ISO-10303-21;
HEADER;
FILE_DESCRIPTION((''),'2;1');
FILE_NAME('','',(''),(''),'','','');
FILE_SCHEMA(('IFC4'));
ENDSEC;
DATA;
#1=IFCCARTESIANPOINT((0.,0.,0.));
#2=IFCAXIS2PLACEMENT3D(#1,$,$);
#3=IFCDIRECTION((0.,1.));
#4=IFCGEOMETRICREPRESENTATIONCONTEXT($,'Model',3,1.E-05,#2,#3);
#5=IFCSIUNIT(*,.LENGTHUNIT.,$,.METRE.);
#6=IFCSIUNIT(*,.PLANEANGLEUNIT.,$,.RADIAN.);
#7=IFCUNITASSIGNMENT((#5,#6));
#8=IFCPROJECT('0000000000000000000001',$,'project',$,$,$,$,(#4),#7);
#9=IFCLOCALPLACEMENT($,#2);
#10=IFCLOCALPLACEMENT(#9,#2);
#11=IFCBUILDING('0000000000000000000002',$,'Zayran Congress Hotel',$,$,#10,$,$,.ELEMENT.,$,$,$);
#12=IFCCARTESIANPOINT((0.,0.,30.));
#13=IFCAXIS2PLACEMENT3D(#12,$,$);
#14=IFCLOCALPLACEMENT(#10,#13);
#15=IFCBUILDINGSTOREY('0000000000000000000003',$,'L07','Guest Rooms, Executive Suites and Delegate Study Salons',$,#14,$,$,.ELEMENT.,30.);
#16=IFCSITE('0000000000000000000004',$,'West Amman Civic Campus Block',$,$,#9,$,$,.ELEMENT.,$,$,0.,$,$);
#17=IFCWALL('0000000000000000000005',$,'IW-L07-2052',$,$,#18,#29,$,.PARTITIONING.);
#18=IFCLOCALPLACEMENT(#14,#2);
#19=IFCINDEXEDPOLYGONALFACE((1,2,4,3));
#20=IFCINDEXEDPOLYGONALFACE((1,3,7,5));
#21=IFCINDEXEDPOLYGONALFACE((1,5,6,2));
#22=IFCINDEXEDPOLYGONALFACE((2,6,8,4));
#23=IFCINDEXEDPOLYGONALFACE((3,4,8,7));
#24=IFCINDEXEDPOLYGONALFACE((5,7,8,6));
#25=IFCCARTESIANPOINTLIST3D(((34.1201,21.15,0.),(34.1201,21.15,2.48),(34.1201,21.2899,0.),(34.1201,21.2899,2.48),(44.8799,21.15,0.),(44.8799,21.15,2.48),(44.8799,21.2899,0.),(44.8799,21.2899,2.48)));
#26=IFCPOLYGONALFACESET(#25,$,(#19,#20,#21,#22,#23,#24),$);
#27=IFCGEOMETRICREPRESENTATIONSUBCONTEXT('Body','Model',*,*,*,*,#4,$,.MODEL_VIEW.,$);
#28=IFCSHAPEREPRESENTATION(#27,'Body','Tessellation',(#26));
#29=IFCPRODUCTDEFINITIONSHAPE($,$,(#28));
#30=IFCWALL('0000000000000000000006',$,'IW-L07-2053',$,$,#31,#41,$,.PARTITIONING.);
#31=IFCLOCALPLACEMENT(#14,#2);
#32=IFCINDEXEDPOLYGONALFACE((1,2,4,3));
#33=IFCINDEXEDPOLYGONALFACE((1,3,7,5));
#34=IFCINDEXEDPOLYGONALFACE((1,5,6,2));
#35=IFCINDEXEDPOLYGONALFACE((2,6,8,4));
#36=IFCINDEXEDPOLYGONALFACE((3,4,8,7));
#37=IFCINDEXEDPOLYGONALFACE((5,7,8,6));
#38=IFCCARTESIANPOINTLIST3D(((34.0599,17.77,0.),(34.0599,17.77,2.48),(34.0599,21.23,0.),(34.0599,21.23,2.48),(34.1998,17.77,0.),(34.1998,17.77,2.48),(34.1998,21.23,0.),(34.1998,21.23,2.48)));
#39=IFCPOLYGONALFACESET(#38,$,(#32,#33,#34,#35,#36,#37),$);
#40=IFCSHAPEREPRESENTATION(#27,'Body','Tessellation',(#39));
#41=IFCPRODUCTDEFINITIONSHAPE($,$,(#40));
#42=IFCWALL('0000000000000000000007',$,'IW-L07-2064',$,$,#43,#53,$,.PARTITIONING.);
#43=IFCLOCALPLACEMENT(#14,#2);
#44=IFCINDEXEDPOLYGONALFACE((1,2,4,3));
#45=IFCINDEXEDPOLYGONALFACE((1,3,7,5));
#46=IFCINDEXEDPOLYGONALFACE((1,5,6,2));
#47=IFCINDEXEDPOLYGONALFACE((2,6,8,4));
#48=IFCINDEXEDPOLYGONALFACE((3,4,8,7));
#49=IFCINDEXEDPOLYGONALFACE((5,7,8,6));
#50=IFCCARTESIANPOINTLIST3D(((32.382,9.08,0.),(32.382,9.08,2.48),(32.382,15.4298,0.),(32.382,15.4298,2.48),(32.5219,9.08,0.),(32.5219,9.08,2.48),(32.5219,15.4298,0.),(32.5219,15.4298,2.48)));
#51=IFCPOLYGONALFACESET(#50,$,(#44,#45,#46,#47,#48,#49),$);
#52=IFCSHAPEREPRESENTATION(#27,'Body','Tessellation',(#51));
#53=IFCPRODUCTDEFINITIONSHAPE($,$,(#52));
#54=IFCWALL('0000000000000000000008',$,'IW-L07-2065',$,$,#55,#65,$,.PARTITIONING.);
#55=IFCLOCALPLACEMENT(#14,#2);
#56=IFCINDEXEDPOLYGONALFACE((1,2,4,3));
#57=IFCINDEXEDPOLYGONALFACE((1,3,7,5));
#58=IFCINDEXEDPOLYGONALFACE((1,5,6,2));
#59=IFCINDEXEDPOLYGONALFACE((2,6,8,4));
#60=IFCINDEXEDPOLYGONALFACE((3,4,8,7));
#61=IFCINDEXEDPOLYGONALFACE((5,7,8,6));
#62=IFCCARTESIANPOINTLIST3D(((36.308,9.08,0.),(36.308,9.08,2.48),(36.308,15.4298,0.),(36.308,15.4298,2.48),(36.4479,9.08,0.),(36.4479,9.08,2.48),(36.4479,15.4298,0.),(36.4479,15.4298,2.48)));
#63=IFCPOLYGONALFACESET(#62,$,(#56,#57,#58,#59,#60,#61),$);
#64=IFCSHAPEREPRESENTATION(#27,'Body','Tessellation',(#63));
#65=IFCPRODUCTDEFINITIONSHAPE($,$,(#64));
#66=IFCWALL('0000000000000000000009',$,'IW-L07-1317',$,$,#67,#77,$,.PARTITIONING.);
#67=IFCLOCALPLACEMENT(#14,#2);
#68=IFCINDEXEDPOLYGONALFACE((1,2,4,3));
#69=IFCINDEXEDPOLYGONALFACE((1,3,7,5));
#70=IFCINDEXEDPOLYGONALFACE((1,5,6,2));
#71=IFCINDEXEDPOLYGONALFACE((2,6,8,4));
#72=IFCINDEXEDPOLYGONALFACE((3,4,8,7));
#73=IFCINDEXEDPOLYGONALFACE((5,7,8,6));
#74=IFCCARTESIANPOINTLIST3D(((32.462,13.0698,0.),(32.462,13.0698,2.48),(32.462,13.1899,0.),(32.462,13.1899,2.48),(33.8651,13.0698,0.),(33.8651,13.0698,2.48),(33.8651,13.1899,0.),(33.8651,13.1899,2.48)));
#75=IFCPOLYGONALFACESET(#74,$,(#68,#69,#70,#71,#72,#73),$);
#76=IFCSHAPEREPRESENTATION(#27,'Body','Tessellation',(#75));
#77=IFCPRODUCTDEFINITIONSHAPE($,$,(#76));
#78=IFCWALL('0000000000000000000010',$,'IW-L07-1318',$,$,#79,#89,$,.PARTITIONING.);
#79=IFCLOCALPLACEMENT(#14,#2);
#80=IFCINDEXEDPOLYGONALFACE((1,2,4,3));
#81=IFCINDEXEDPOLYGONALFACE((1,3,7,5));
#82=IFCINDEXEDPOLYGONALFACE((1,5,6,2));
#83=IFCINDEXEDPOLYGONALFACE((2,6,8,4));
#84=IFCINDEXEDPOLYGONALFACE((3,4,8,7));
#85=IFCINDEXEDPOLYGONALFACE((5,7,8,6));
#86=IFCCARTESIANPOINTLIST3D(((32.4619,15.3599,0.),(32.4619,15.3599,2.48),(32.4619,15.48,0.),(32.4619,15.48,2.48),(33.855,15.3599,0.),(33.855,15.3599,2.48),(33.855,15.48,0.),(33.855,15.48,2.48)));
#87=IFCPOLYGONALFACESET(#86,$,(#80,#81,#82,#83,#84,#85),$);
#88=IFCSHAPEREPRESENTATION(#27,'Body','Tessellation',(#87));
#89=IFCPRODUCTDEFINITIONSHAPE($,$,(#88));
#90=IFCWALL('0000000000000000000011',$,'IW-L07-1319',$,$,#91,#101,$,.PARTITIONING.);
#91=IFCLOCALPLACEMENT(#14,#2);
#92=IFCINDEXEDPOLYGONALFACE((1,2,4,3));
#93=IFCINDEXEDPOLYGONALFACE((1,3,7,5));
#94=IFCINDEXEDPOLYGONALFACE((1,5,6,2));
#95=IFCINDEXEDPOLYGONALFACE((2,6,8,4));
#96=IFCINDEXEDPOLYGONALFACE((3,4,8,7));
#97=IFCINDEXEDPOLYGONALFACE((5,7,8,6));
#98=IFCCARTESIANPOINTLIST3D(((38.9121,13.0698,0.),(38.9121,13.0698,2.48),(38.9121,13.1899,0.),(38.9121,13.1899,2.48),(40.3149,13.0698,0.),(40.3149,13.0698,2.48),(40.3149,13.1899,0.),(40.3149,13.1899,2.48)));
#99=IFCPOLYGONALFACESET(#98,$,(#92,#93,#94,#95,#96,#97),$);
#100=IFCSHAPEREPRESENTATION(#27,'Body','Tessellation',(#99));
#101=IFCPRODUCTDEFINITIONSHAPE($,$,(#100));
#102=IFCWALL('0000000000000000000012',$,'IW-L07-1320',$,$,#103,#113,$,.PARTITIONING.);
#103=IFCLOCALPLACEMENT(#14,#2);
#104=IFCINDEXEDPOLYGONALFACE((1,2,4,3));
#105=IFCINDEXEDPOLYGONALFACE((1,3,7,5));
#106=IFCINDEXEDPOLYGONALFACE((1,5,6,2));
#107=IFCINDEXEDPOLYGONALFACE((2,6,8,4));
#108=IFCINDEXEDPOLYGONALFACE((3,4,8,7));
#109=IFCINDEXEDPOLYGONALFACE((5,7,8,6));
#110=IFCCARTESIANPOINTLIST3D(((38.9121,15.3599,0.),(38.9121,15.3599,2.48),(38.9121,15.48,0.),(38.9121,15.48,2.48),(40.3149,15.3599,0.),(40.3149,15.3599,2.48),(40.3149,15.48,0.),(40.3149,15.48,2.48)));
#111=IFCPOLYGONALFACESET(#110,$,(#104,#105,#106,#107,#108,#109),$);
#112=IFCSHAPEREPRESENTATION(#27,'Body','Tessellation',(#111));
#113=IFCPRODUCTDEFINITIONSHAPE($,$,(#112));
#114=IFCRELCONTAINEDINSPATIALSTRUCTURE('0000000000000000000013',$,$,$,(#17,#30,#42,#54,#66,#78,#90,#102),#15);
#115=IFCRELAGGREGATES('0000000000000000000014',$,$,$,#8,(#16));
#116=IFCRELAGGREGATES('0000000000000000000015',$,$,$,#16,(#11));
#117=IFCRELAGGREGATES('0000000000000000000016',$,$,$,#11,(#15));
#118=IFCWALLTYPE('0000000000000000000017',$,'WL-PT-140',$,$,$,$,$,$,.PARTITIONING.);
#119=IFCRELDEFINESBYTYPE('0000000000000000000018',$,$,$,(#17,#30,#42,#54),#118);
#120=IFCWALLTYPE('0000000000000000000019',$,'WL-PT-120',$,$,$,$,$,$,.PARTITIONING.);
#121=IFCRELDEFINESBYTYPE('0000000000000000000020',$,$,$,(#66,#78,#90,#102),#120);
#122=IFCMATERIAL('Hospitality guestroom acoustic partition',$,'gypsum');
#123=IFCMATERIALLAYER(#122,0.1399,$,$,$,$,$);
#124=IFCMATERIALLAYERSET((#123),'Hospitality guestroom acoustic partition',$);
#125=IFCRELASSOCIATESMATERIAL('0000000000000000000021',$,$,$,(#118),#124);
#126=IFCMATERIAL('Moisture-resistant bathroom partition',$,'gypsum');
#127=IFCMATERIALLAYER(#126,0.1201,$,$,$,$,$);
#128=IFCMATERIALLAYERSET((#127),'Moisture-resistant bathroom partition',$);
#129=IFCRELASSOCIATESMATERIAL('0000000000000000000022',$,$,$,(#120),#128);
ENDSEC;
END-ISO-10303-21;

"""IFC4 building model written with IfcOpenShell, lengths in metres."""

from ifc_helpers import new_model, si_unit, direction, frame, frame_2d, origin, place, context, subcontext, project, spatial, rectangle, extrude, material, layer, layer_set, type_object, element, save


model = new_model("IFC4")

# Units and contexts
model_context = context("Model", 3, precision=1e-05, world=origin(), true_north=direction((0.0, 1.0)))
body_context = subcontext(model_context, "Body", "Model", "MODEL_VIEW")
ifc_project = project(units=[si_unit("LENGTHUNIT", "METRE"), si_unit("PLANEANGLEUNIT", "RADIAN")], contexts=[model_context])

# Site, building, storey
site_placement = place(None, origin())
site = spatial("IfcSite", under=ifc_project, at=site_placement, Name="West Amman Civic Campus Block", CompositionType="ELEMENT", RefElevation=0.0)
building_placement = place(site_placement, origin())
building = spatial("IfcBuilding", under=site, at=building_placement, Name="Zayran Congress Hotel", CompositionType="ELEMENT")
storey_placement = place(building_placement, frame((0.0, 0.0, 30.0)))
storey = spatial("IfcBuildingStorey", under=building, at=storey_placement, Name="L07", Description="Guest Rooms, Executive Suites and Delegate Study Salons", CompositionType="ELEMENT", Elevation=30.0)

# Shared definitions
ifc_material_1 = material(Name="Hospitality guestroom acoustic partition", Category="gypsum")
ifc_layer_1 = layer(ifc_material_1, 0.1399)
ifc_layer_set_1 = layer_set([ifc_layer_1], Name="Hospitality guestroom acoustic partition")
wall_type_1 = type_object("IfcWallType", Name="WL-PT-140", PredefinedType="PARTITIONING", material=ifc_layer_set_1)

# Walls
for number, where, z_axis, x_axis, name in (
    (1, (34.1201, 21.22, 0.0), (0.0, 0.0, 1.0), (1.0, 0.0, 0.0), "IW-L07-2052"),
):
    element("IfcWall", number, at=place(storey_placement, frame(where, z_axis=z_axis, x_axis=x_axis)), inside=storey, type_object=wall_type_1, Name=name, PredefinedType="PARTITIONING", context=body_context, shape_type="SweptSolid", body=[
        extrude(rectangle(XDim=10.7598, YDim=0.1399, at=frame_2d((5.3799, 0.0))), origin(), (0.0, 0.0, 1.0), 2.48),
    ])
wall_1_placement = place(storey_placement, frame((34.1299, 17.77, 0.0), z_axis=(0.0, 0.0, 1.0), x_axis=(0.0, 1.0, 0.0)))
element("IfcWall", 2, at=wall_1_placement, inside=storey, type_object=wall_type_1, Name="IW-L07-2053", PredefinedType="PARTITIONING", context=body_context, shape_type="SweptSolid", body=[
    extrude(rectangle(XDim=3.46, YDim=0.1399, at=frame_2d((1.73, 0.0))), origin(), (0.0, 0.0, 1.0), 2.48),
])
for number, where, z_axis, x_axis, name in (
    (3, (32.4519, 9.0801, 0.0), (0.0, 0.0, 1.0), (0.0, 1.0, 0.0), "IW-L07-2064"),
    (4, (36.3779, 9.0801, 0.0), (0.0, 0.0, 1.0), (0.0, 1.0, 0.0), "IW-L07-2065"),
):
    element("IfcWall", number, at=place(storey_placement, frame(where, z_axis=z_axis, x_axis=x_axis)), inside=storey, type_object=wall_type_1, Name=name, PredefinedType="PARTITIONING", context=body_context, shape_type="SweptSolid", body=[
        extrude(rectangle(XDim=6.3499, YDim=0.1399, at=frame_2d((3.1748, 0.0))), origin(), (0.0, 0.0, 1.0), 2.48),
    ])

# Shared definitions
ifc_material_2 = material(Name="Moisture-resistant bathroom partition", Category="gypsum")
ifc_layer_2 = layer(ifc_material_2, 0.1201)
ifc_layer_set_2 = layer_set([ifc_layer_2], Name="Moisture-resistant bathroom partition")
wall_type_2 = type_object("IfcWallType", Name="WL-PT-120", PredefinedType="PARTITIONING", material=ifc_layer_set_2)

# Walls
wall_2_placement = place(storey_placement, frame((32.4619, 13.1299, 0.0), z_axis=(0.0, 0.0, 1.0), x_axis=(1.0, 0.0, 0.0)))
element("IfcWall", 5, at=wall_2_placement, inside=storey, type_object=wall_type_2, Name="IW-L07-1317", PredefinedType="PARTITIONING", context=body_context, shape_type="SweptSolid", body=[
    extrude(rectangle(XDim=1.4031, YDim=0.1201, at=frame_2d((0.7017, 0.0))), origin(), (0.0, 0.0, 1.0), 2.48),
])
wall_3_placement = place(storey_placement, frame((32.4619, 15.4199, 0.0), z_axis=(0.0, 0.0, 1.0), x_axis=(1.0, 0.0, 0.0)))
element("IfcWall", 6, at=wall_3_placement, inside=storey, type_object=wall_type_2, Name="IW-L07-1318", PredefinedType="PARTITIONING", context=body_context, shape_type="SweptSolid", body=[
    extrude(rectangle(XDim=1.3931, YDim=0.1201, at=frame_2d((0.6965, 0.0))), origin(), (0.0, 0.0, 1.0), 2.48),
])
for number, where, z_axis, x_axis, name in (
    (7, (38.9121, 13.1299, 0.0), (0.0, 0.0, 1.0), (1.0, 0.0, 0.0), "IW-L07-1319"),
    (8, (38.9121, 15.4199, 0.0), (0.0, 0.0, 1.0), (1.0, 0.0, 0.0), "IW-L07-1320"),
):
    element("IfcWall", number, at=place(storey_placement, frame(where, z_axis=z_axis, x_axis=x_axis)), inside=storey, type_object=wall_type_2, Name=name, PredefinedType="PARTITIONING", context=body_context, shape_type="SweptSolid", body=[
        extrude(rectangle(XDim=1.4028, YDim=0.1201, at=frame_2d((0.7014, 0.0))), origin(), (0.0, 0.0, 1.0), 2.48),
    ])

save(model, "model.ifc")
